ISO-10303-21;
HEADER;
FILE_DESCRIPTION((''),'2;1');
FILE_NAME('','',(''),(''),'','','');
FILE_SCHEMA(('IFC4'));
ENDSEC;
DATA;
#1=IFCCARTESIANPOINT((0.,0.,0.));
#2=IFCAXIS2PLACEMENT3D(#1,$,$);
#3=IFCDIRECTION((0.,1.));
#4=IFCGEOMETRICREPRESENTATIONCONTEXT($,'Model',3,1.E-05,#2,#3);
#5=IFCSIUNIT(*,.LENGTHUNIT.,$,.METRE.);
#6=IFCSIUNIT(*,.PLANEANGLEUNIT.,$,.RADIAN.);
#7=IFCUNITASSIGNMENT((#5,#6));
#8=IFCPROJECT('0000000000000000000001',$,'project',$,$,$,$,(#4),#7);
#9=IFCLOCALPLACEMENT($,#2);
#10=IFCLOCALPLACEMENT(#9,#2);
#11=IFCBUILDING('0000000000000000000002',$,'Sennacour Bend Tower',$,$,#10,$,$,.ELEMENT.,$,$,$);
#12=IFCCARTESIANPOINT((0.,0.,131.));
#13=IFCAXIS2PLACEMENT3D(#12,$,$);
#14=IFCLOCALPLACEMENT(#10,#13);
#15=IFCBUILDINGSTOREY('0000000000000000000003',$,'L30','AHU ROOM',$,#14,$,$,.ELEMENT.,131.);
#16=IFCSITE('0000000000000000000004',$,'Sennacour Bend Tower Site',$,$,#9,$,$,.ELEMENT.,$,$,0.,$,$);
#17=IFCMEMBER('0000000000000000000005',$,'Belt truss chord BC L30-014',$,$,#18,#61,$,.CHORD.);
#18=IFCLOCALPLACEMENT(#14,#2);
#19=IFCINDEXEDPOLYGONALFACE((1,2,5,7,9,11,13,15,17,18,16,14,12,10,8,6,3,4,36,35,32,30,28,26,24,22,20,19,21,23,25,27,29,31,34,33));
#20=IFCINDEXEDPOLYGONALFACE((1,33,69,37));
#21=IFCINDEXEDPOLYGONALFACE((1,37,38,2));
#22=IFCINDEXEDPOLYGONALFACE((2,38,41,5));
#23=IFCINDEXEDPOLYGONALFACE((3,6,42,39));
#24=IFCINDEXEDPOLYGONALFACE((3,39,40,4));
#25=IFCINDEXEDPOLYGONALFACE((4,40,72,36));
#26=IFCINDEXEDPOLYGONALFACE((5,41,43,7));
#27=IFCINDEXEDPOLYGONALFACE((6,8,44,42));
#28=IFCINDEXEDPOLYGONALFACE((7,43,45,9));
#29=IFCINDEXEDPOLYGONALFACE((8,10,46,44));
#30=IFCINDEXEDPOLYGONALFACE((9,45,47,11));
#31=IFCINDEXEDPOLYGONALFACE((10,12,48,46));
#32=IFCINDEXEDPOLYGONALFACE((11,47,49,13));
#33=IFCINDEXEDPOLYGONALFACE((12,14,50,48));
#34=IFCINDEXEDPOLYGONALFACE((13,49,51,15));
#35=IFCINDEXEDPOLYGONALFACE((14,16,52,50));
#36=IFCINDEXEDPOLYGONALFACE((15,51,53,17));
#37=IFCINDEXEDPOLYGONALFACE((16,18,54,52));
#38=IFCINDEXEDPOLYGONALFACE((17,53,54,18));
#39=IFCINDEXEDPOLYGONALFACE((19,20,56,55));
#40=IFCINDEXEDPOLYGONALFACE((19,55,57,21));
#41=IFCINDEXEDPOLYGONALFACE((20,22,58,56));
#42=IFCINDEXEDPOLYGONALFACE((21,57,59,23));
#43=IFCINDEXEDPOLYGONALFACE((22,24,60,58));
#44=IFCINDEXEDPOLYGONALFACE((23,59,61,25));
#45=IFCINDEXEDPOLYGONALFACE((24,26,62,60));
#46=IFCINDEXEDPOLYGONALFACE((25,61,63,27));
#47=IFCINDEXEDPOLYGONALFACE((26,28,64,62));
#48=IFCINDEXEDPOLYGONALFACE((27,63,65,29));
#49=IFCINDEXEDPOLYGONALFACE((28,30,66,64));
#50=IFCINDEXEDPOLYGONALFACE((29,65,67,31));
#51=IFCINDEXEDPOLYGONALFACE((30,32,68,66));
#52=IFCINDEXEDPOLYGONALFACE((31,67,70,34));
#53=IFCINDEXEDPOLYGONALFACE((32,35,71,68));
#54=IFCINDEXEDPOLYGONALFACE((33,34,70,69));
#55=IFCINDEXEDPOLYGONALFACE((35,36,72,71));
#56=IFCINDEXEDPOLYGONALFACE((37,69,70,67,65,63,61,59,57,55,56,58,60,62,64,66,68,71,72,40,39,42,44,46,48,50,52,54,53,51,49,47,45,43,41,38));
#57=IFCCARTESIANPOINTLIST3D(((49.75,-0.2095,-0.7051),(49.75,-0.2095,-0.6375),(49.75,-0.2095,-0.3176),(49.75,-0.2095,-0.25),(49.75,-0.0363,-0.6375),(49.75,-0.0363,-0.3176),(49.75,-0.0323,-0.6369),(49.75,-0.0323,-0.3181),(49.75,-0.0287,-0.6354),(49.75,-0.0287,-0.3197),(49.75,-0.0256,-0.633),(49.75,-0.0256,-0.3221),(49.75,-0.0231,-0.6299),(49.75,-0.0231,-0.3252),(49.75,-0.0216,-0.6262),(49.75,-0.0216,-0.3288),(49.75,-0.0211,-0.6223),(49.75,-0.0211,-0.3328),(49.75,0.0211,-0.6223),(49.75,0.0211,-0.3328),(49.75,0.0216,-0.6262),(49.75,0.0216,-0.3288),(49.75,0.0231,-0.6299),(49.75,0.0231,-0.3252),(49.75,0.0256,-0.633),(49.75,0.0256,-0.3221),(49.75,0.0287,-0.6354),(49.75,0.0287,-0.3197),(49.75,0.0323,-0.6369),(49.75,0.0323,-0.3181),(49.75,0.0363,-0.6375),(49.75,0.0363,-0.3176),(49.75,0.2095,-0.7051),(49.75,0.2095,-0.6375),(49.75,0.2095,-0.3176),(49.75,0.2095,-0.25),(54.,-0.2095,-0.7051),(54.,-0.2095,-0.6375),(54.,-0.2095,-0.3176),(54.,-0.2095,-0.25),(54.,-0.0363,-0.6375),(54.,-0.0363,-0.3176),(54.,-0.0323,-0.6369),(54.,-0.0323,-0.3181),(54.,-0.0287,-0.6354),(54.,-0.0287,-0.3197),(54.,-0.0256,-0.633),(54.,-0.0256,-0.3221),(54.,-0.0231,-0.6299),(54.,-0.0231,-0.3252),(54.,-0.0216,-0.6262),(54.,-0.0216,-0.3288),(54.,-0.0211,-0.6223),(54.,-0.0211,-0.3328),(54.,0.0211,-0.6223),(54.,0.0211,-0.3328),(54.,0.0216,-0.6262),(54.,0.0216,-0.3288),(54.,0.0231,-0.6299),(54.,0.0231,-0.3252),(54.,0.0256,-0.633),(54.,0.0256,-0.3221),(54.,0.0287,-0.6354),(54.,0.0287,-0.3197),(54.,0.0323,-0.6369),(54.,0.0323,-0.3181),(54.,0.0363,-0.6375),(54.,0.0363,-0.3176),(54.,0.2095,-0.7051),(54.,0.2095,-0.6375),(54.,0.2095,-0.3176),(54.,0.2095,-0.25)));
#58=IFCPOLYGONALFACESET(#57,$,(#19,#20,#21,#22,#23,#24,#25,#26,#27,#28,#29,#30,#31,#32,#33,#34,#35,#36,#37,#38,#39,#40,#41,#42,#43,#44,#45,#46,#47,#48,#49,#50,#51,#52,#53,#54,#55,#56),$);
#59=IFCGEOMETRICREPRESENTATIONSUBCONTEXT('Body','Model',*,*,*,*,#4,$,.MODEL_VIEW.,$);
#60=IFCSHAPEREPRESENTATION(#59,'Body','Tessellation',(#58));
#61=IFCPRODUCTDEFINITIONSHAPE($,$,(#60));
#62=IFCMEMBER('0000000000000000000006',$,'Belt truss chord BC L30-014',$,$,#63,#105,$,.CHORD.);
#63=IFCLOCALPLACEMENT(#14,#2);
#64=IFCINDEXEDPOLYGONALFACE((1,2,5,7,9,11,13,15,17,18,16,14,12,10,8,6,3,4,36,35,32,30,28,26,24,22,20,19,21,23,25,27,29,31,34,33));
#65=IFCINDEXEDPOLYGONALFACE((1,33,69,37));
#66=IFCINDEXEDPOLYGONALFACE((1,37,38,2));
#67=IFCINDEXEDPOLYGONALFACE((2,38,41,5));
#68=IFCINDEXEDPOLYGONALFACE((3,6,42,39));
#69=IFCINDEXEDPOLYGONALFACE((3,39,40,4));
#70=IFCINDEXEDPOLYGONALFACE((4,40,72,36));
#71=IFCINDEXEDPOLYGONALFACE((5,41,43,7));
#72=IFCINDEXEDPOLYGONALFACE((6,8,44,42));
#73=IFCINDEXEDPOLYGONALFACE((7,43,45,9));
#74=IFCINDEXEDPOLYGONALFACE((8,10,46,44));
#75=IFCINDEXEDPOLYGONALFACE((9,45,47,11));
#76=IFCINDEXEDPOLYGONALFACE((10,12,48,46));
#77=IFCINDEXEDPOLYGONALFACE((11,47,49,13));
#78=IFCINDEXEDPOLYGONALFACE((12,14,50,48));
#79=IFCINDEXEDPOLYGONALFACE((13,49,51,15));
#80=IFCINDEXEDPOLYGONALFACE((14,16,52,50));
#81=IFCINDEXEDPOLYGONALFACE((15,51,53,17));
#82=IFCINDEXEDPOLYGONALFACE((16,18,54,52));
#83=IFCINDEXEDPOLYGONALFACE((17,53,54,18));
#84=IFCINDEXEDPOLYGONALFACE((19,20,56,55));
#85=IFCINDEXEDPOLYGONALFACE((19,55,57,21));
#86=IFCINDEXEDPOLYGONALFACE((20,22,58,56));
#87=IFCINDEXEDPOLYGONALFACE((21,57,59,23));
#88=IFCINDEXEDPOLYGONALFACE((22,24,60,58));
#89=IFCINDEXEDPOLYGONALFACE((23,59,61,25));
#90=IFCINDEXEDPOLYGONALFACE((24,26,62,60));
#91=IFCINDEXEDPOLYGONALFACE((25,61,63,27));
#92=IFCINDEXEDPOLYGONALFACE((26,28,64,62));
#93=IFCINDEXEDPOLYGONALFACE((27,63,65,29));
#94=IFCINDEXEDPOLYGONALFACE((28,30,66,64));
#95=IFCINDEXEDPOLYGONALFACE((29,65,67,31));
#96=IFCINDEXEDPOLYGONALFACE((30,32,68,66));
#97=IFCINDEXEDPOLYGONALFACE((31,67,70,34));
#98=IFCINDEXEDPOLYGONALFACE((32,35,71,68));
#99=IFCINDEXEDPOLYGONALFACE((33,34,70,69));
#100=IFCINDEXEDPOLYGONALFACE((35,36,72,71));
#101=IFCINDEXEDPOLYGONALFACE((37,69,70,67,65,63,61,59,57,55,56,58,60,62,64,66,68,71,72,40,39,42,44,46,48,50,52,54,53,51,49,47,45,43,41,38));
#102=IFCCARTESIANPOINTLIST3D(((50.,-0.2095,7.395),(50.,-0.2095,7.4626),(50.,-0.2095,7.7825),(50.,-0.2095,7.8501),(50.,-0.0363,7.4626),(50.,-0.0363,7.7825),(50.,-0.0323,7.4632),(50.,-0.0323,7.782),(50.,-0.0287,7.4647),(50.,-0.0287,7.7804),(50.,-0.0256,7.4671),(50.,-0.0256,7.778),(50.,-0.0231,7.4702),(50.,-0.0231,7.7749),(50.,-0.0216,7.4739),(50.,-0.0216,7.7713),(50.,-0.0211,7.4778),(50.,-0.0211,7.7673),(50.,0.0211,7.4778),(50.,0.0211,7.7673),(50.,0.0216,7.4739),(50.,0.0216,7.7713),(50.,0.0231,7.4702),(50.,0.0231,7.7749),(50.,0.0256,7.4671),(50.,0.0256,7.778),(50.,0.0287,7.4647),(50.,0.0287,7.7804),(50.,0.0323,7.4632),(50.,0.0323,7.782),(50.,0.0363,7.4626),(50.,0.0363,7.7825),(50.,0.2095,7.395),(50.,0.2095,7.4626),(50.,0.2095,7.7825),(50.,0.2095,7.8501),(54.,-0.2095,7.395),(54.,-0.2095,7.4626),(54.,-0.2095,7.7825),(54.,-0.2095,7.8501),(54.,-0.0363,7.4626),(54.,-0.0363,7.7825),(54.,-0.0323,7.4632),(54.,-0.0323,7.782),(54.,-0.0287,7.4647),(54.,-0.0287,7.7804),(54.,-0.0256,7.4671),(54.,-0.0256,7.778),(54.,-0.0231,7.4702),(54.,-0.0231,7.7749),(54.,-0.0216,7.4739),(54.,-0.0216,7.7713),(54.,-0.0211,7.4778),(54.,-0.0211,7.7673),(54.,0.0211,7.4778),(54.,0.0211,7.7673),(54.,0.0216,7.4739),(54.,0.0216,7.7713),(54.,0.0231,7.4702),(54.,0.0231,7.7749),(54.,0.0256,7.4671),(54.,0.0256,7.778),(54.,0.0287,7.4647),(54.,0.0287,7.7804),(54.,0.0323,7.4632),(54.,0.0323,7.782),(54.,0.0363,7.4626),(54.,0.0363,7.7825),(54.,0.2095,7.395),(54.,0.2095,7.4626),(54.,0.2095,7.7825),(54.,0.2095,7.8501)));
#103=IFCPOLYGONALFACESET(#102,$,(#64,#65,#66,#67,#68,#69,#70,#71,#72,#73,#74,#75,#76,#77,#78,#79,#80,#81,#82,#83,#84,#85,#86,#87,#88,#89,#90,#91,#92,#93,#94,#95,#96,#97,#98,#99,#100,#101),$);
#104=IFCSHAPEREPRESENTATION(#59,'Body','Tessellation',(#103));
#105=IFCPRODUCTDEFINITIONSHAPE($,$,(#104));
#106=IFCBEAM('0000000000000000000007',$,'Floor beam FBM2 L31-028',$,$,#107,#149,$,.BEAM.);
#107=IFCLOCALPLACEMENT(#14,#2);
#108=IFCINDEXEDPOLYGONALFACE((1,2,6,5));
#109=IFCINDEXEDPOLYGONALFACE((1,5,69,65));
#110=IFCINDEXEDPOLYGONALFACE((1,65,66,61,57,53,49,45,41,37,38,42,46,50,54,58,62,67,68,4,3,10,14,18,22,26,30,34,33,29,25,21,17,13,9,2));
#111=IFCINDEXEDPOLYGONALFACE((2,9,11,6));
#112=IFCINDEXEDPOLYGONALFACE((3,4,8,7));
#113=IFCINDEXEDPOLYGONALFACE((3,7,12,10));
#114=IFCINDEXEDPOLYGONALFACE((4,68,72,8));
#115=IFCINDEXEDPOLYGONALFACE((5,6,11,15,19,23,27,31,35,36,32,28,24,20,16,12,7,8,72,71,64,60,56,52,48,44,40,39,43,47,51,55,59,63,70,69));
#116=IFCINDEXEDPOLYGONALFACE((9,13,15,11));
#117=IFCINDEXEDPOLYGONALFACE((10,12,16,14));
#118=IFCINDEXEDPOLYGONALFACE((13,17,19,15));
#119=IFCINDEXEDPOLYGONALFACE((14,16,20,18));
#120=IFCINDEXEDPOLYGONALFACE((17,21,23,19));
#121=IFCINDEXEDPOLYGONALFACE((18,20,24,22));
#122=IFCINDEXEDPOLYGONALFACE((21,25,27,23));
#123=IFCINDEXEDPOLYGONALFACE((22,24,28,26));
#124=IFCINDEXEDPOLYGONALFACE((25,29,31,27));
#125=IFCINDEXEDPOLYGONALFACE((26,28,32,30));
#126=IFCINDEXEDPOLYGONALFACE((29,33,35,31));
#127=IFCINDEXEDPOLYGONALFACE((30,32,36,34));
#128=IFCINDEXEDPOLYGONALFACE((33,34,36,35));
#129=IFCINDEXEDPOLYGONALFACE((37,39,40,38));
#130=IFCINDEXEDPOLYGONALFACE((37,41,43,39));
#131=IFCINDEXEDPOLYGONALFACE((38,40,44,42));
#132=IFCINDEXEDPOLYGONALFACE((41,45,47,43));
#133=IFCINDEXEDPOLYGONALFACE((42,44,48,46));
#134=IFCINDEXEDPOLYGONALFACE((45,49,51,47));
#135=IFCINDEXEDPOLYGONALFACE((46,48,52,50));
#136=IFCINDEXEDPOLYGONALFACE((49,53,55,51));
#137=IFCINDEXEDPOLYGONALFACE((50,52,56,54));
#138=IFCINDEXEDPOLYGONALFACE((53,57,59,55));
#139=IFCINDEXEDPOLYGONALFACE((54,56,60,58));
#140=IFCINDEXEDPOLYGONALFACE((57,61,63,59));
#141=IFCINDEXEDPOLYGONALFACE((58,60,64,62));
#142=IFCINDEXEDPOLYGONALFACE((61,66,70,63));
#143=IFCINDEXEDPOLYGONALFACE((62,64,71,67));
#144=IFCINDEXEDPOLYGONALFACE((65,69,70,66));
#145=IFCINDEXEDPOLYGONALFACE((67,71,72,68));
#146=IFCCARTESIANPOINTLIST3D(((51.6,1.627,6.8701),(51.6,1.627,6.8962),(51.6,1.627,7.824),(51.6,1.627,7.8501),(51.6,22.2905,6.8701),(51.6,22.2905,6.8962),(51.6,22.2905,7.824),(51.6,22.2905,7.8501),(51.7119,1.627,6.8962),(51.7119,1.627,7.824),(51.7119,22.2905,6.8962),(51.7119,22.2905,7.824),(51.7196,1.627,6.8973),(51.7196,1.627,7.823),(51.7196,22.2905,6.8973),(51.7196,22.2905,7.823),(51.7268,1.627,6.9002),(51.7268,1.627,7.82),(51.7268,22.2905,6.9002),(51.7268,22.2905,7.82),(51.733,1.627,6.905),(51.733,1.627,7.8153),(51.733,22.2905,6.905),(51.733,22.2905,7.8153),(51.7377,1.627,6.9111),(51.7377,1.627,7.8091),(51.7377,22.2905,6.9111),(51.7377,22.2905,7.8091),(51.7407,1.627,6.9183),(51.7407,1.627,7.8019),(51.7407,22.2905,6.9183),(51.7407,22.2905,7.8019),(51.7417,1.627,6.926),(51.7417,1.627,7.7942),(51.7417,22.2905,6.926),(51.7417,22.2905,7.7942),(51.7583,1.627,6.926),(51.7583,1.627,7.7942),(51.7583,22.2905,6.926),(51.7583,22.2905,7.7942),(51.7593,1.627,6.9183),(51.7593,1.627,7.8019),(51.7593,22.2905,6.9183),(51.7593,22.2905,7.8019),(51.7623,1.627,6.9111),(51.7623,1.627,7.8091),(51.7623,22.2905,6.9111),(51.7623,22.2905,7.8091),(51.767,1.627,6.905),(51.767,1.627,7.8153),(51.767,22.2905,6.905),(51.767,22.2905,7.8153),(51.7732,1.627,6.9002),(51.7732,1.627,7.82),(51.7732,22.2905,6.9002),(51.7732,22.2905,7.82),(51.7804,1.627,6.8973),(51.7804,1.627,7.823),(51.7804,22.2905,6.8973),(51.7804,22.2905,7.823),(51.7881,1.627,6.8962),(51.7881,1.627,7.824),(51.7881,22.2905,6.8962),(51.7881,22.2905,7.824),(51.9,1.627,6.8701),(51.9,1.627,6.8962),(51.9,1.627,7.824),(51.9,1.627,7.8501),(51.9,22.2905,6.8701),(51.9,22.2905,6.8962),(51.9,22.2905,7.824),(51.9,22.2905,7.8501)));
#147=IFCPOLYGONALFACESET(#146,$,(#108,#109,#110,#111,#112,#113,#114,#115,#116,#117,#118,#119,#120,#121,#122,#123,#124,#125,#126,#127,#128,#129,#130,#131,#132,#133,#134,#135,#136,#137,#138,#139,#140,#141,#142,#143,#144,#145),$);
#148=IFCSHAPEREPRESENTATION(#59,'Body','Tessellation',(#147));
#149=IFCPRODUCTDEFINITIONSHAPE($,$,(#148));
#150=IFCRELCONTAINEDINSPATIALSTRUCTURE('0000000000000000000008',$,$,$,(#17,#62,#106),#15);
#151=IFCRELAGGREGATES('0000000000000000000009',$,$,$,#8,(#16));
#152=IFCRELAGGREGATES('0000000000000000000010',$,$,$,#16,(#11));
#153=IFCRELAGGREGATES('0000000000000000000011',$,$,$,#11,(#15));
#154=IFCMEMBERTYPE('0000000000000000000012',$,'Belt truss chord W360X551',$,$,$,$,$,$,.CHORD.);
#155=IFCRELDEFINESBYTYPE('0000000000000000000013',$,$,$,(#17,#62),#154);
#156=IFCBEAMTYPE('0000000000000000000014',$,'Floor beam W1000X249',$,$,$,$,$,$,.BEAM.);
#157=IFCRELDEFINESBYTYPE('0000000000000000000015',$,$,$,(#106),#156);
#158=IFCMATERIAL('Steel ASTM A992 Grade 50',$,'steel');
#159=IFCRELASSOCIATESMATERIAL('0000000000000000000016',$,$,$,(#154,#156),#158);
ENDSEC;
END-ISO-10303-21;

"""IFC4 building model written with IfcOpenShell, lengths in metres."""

from ifc_helpers import new_model, si_unit, direction, frame, origin, origin_2d, place, context, subcontext, project, spatial, i_section, extrude, material, material_profile, profile_set, type_object, element, save


model = new_model("IFC4")

# Units and contexts
model_context = context("Model", 3, precision=1e-05, world=origin(), true_north=direction((0.0, 1.0)))
body_context = subcontext(model_context, "Body", "Model", "MODEL_VIEW")
ifc_project = project(units=[si_unit("LENGTHUNIT", "METRE"), si_unit("PLANEANGLEUNIT", "RADIAN")], contexts=[model_context])

# Site, building, storey
site_placement = place(None, origin())
site = spatial("IfcSite", under=ifc_project, at=site_placement, Name="Sennacour Bend Tower Site", CompositionType="ELEMENT", RefElevation=0.0)
building_placement = place(site_placement, origin())
building = spatial("IfcBuilding", under=site, at=building_placement, Name="Sennacour Bend Tower", CompositionType="ELEMENT")
storey_placement = place(building_placement, frame((0.0, 0.0, 131.0)))
storey = spatial("IfcBuildingStorey", under=building, at=storey_placement, Name="L30", Description="AHU ROOM", CompositionType="ELEMENT", Elevation=131.0)

# Members
ifc_material_1 = material(Name="Steel ASTM A992 Grade 50", Category="steel")
ifc_material_profile_1 = material_profile(ifc_material_1, i_section(OverallWidth=0.4189, OverallDepth=0.4551, WebThickness=0.0422, FlangeThickness=0.0676, FilletRadius=0.0151, at=origin_2d()), Name="Steel ASTM A992 Grade 50", Category="steel")
ifc_profile_set_1 = profile_set([ifc_material_profile_1], Name="Steel ASTM A992 Grade 50")
member_type_1 = type_object("IfcMemberType", Name="Belt truss chord W360X551", PredefinedType="CHORD", material=ifc_profile_set_1)
member_1_placement = place(storey_placement, frame((54.0, 0.0, -0.4775), z_axis=(-1.0, 0.0, 0.0), x_axis=(0.0, -1.0, 0.0)))
element("IfcMember", 1, at=member_1_placement, inside=storey, type_object=member_type_1, Name="Belt truss chord BC L30-014", PredefinedType="CHORD", context=body_context, shape_type="SweptSolid", body=[
    extrude(i_section(OverallWidth=0.4189, OverallDepth=0.4551, WebThickness=0.0422, FlangeThickness=0.0676, FilletRadius=0.0151, at=origin_2d()), origin(), (0.0, 0.0, 1.0), 4.25),
])
member_2_placement = place(storey_placement, frame((54.0, 0.0, 7.6226), z_axis=(-1.0, 0.0, 0.0), x_axis=(0.0, -1.0, 0.0)))
element("IfcMember", 2, at=member_2_placement, inside=storey, type_object=member_type_1, Name="Belt truss chord BC L30-014", PredefinedType="CHORD", context=body_context, shape_type="SweptSolid", body=[
    extrude(i_section(OverallWidth=0.4189, OverallDepth=0.4551, WebThickness=0.0422, FlangeThickness=0.0676, FilletRadius=0.0151, at=origin_2d()), origin(), (0.0, 0.0, 1.0), 4.0),
])

# Beam
ifc_material_profile_2 = material_profile(ifc_material_1, i_section(OverallWidth=0.3, OverallDepth=0.98, WebThickness=0.0166, FlangeThickness=0.0261, FilletRadius=0.0298, at=origin_2d()), Name="Steel ASTM A992 Grade 50", Category="steel")
ifc_profile_set_2 = profile_set([ifc_material_profile_2], Name="Steel ASTM A992 Grade 50")
beam_type_1 = type_object("IfcBeamType", Name="Floor beam W1000X249", PredefinedType="BEAM", material=ifc_profile_set_2)
beam_1_placement = place(storey_placement, frame((51.75, 1.627, 7.3601), z_axis=(0.0, 1.0, 0.0), x_axis=(-1.0, 0.0, 0.0)))
element("IfcBeam", 3, at=beam_1_placement, inside=storey, type_object=beam_type_1, Name="Floor beam FBM2 L31-028", PredefinedType="BEAM", context=body_context, shape_type="SweptSolid", body=[
    extrude(i_section(OverallWidth=0.3, OverallDepth=0.98, WebThickness=0.0166, FlangeThickness=0.0261, FilletRadius=0.0298, at=origin_2d()), origin(), (0.0, 0.0, 1.0), 20.6636),
])

save(model, "model.ifc")
